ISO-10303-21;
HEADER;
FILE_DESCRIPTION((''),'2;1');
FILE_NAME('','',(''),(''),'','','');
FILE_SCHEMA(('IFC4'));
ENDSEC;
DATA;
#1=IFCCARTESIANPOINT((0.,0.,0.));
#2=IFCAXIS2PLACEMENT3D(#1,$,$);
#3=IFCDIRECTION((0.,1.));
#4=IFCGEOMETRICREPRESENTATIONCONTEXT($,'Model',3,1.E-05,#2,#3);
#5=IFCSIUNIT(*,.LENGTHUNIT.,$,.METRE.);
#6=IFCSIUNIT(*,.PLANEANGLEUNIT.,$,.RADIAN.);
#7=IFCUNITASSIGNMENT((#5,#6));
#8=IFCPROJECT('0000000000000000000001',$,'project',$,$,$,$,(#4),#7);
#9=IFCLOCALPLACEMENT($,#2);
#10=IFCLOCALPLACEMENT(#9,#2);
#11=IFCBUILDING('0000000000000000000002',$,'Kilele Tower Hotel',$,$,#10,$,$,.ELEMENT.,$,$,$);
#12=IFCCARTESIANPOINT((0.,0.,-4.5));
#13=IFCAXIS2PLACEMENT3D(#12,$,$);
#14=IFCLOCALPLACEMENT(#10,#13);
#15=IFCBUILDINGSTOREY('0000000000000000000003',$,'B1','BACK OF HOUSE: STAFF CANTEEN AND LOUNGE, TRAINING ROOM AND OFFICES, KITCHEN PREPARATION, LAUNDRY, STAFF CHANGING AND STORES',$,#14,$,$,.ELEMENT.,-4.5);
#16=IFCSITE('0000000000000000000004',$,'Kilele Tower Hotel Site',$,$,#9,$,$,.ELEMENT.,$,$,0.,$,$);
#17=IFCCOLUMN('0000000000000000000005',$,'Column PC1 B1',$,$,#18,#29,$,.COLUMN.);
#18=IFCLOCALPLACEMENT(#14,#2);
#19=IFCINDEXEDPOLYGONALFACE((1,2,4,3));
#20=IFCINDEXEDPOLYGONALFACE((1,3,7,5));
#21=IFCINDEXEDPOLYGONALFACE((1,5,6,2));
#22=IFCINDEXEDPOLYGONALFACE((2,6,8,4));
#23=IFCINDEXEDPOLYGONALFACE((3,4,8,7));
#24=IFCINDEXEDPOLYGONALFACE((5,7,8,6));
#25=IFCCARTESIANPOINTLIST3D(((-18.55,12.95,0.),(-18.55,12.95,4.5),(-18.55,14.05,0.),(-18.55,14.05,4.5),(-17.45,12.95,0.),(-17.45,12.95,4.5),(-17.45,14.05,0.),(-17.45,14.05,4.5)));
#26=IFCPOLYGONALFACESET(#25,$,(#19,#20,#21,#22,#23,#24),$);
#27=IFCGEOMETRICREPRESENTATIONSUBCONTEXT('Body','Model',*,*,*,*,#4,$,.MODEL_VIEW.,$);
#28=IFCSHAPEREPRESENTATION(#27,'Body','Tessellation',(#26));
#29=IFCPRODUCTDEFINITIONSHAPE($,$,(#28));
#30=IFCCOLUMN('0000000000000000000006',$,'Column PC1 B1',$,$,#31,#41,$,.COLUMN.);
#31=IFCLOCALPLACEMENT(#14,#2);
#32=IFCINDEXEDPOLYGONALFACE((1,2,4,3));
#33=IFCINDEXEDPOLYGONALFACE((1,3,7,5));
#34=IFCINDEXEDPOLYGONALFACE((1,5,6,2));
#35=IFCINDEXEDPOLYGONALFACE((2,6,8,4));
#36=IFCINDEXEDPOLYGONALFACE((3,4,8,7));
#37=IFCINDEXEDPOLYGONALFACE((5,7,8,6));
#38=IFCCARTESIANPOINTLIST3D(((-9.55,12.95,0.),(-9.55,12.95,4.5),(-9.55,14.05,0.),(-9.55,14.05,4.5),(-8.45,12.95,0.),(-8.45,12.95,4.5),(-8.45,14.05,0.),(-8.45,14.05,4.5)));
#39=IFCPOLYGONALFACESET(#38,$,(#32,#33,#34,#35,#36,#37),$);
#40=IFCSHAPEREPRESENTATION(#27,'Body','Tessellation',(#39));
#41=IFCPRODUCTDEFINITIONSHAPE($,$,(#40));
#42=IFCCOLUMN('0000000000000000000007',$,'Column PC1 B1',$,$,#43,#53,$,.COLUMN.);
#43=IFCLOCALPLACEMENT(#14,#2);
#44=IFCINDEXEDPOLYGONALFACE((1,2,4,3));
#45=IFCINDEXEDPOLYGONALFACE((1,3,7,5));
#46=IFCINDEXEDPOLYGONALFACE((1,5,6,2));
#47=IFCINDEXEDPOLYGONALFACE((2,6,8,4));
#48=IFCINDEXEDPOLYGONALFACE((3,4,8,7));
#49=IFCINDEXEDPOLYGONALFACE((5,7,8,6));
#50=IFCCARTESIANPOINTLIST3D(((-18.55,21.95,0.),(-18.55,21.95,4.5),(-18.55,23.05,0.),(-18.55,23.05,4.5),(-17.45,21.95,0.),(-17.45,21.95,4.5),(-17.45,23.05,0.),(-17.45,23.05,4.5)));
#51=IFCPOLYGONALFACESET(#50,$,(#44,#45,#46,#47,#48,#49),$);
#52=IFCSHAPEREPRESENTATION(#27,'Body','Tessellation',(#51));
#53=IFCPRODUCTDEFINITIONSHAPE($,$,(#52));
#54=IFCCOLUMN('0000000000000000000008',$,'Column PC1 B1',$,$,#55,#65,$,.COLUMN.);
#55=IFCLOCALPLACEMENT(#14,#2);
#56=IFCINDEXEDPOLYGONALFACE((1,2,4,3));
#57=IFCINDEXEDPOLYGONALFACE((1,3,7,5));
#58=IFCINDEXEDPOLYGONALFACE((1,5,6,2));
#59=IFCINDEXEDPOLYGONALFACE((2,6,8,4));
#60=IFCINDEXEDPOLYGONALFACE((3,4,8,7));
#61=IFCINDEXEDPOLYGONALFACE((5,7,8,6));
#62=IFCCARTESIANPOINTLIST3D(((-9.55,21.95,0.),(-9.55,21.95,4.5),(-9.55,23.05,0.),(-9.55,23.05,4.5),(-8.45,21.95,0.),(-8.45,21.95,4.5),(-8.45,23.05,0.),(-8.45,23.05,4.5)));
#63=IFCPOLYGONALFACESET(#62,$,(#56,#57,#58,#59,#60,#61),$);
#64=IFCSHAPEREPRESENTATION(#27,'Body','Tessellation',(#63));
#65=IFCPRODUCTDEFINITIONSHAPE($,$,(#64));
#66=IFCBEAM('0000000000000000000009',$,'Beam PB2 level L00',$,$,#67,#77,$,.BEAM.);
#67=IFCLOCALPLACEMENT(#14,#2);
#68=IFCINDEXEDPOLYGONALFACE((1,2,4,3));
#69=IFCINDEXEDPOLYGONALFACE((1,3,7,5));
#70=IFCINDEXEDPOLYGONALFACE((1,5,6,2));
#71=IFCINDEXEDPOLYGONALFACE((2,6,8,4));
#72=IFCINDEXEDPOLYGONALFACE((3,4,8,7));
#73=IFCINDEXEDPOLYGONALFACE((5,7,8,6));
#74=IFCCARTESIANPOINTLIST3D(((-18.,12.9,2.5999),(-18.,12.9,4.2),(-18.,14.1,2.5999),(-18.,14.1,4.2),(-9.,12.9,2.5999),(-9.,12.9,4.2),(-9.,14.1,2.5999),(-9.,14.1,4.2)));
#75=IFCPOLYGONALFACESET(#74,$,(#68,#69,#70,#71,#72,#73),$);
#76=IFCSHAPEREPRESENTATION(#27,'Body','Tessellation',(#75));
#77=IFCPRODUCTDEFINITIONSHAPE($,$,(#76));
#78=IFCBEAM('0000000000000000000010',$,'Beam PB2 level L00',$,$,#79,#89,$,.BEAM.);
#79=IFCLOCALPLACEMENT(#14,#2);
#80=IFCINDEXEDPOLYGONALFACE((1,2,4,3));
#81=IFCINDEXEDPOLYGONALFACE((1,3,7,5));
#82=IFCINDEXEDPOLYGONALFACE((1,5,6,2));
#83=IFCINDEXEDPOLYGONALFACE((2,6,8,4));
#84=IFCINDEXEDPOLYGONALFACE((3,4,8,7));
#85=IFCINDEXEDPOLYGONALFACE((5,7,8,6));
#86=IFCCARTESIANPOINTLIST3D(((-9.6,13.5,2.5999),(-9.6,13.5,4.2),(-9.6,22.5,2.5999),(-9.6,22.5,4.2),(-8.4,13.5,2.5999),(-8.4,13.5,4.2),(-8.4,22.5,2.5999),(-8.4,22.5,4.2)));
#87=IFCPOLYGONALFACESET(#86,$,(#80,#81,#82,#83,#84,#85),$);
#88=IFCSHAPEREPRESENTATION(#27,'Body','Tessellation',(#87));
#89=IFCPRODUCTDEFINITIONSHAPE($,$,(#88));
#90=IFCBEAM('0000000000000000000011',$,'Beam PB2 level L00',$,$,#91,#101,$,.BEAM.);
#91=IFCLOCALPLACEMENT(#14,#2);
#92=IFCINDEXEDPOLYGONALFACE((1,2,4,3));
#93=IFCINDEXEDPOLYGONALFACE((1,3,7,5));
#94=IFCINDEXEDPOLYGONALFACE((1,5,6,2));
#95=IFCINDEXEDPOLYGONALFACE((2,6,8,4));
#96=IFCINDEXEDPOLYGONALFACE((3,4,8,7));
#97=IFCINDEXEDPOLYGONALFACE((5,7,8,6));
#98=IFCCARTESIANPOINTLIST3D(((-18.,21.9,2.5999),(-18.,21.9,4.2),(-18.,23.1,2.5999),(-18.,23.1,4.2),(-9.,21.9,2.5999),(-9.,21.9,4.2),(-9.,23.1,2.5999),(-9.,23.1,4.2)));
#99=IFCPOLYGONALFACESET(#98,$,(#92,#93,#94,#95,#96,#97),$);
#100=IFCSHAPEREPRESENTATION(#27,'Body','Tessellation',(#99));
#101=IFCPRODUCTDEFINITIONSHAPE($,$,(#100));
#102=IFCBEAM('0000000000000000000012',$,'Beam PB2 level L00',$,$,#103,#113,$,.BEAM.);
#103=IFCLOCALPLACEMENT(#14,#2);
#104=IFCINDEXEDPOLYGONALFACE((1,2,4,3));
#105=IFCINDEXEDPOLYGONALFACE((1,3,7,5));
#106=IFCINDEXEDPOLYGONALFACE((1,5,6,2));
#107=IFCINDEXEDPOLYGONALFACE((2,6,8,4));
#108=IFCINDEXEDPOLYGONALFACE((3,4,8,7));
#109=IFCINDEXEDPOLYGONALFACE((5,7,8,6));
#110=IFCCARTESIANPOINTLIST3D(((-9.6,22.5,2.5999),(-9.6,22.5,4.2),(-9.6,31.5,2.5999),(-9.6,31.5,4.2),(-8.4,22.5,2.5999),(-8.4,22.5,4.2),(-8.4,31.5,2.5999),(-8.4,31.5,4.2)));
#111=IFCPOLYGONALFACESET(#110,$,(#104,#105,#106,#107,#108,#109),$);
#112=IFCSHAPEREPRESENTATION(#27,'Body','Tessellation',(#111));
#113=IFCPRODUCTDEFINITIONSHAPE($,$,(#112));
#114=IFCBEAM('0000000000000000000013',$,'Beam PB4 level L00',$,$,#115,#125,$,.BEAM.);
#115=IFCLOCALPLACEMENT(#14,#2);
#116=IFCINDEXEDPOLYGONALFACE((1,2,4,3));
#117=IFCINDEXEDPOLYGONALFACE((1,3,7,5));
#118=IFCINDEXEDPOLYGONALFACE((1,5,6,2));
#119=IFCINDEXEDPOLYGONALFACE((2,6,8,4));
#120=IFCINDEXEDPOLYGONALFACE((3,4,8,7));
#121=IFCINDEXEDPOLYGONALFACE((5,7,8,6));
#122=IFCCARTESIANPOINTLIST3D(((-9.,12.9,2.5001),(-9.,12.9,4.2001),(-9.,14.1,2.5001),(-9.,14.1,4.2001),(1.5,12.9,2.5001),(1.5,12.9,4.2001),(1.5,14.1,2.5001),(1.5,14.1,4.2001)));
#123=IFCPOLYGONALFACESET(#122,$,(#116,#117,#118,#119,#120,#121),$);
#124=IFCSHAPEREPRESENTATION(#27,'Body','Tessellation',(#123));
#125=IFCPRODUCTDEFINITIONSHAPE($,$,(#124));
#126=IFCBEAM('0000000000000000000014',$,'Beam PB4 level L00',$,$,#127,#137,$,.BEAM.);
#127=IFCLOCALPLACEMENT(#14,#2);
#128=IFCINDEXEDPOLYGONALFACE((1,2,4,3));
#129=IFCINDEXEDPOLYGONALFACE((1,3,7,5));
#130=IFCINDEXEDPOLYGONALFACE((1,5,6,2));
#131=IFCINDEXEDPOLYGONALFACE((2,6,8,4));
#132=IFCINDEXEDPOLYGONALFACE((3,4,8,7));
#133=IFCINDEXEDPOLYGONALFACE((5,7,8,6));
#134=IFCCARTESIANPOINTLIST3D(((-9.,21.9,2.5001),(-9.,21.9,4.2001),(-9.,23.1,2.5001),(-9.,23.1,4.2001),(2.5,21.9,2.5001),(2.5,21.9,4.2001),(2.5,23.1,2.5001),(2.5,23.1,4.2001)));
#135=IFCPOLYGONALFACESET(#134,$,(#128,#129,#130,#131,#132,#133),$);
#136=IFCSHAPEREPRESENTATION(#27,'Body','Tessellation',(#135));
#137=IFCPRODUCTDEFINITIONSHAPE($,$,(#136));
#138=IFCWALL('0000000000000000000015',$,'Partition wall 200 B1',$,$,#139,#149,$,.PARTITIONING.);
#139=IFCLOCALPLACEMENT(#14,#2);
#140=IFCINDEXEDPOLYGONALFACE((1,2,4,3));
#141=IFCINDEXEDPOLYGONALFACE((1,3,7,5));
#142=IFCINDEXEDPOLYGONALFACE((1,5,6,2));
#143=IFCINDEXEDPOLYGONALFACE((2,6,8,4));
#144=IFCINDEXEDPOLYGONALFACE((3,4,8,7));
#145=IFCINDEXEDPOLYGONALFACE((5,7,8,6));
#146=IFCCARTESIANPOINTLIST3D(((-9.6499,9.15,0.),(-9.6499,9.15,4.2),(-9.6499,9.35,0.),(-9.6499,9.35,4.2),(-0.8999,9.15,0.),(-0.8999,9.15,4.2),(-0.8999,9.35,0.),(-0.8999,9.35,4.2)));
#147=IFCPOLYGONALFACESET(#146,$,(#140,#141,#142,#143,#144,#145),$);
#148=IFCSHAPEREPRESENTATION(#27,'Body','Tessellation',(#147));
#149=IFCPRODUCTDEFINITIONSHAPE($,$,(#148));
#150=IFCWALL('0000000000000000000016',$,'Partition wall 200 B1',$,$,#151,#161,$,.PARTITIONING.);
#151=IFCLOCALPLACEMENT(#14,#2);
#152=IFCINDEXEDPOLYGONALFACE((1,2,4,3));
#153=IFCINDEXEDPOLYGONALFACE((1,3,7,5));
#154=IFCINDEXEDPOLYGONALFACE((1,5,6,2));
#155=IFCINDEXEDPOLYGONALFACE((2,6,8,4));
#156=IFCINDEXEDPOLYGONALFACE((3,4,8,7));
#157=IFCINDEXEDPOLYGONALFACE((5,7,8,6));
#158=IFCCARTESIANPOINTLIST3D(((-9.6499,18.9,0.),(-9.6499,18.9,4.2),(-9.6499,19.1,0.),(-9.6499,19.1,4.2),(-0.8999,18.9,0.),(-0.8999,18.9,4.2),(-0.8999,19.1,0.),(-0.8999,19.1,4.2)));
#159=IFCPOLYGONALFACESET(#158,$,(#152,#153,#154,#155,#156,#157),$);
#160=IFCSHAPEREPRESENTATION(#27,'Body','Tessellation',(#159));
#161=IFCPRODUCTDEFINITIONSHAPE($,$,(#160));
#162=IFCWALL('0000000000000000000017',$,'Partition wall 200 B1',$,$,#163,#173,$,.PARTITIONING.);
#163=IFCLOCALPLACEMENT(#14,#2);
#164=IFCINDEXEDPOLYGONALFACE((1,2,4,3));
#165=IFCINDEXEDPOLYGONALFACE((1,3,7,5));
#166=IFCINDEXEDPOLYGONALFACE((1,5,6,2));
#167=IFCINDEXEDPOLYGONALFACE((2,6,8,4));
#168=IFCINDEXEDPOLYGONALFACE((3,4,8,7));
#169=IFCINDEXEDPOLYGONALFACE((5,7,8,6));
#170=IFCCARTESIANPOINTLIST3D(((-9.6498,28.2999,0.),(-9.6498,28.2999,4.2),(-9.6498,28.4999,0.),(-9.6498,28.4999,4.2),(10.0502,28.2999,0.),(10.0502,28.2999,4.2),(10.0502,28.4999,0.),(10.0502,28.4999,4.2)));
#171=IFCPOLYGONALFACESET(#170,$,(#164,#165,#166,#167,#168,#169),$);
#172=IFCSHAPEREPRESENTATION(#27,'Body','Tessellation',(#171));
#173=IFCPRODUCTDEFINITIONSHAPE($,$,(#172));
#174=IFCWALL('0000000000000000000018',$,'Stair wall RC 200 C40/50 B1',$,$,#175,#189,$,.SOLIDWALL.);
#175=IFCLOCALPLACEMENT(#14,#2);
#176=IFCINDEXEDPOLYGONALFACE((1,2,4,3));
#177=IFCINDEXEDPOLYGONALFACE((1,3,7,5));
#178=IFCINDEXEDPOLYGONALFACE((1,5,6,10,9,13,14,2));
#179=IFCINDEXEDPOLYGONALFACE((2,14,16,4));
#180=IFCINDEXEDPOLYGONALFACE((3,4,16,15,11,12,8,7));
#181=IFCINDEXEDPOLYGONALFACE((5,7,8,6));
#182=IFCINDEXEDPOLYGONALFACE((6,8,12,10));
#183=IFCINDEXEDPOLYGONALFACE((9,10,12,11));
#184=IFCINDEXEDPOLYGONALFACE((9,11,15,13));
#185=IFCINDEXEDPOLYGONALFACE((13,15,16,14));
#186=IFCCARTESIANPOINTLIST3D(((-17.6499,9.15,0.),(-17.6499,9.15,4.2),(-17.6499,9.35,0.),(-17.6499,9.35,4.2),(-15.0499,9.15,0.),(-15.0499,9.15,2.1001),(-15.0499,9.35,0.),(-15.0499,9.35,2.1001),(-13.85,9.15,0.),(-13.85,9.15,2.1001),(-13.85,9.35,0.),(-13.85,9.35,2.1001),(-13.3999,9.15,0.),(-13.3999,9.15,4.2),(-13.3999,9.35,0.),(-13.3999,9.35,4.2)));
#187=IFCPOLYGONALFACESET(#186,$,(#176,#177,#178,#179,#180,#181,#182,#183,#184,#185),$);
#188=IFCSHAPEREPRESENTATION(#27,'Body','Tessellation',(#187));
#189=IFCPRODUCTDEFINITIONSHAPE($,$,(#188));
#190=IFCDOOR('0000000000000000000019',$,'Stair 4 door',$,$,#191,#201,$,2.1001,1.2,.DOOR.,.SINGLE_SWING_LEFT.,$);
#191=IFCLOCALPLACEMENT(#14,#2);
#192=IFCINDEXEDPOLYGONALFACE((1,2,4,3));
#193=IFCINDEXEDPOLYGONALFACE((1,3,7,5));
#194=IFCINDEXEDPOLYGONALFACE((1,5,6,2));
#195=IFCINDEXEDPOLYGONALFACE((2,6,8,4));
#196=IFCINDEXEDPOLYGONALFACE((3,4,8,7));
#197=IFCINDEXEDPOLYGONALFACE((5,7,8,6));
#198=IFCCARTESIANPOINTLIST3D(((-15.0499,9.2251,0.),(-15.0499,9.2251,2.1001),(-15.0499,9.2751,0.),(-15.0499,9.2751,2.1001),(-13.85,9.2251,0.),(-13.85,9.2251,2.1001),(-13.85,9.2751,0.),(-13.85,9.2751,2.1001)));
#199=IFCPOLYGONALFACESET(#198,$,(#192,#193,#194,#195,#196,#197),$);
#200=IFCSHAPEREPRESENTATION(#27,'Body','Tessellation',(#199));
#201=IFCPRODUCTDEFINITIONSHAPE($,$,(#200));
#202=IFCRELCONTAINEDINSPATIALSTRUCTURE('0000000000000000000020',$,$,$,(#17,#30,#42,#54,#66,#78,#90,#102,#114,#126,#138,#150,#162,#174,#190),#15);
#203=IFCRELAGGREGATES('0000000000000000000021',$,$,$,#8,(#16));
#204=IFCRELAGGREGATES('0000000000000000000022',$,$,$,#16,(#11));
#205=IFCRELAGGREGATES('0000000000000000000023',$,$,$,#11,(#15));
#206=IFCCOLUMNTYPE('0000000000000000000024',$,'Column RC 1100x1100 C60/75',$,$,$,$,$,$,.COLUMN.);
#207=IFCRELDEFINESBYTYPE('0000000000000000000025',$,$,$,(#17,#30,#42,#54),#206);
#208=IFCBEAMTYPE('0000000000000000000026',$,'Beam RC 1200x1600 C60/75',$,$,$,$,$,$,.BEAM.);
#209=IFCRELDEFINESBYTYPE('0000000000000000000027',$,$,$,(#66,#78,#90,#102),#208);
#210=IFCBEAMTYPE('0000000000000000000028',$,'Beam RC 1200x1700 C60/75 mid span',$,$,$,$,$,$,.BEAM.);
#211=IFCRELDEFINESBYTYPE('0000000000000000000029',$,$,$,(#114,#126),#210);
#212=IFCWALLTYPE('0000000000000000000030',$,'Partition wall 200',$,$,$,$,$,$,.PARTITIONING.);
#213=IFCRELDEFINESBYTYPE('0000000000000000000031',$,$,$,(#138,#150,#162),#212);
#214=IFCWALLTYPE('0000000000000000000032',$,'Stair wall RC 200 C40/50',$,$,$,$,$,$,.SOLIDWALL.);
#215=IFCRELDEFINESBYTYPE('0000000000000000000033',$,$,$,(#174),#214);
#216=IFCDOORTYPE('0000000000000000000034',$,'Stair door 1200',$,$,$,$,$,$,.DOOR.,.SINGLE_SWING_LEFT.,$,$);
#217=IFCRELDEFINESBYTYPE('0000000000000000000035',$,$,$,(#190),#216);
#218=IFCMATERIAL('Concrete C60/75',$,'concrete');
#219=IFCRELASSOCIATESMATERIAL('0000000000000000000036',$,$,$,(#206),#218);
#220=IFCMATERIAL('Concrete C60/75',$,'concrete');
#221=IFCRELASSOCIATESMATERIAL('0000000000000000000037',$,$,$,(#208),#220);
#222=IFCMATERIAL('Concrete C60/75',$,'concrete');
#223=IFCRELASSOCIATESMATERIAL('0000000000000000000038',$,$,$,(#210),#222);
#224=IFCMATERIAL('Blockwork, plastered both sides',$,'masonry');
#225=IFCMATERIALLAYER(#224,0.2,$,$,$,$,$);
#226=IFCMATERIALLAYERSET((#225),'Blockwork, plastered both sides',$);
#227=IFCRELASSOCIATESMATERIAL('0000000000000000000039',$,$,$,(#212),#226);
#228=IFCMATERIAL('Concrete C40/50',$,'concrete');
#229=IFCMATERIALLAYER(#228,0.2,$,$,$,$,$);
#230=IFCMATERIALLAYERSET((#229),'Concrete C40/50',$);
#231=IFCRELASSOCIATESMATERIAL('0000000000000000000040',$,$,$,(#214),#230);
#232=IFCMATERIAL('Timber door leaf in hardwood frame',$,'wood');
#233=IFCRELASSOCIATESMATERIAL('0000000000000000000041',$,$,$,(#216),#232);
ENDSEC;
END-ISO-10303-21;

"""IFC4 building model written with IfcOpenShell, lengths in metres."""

from ifc_helpers import new_model, si_unit, direction, frame, frame_2d, origin, origin_2d, place, context, subcontext, project, spatial, rectangle, extrude, material, layer, layer_set, material_profile, profile_set, type_object, element, fill, save


model = new_model("IFC4")

# Units and contexts
model_context = context("Model", 3, precision=1e-05, world=origin(), true_north=direction((0.0, 1.0)))
body_context = subcontext(model_context, "Body", "Model", "MODEL_VIEW")
ifc_project = project(units=[si_unit("LENGTHUNIT", "METRE"), si_unit("PLANEANGLEUNIT", "RADIAN")], contexts=[model_context])

# Site, building, storey
site_placement = place(None, origin())
site = spatial("IfcSite", under=ifc_project, at=site_placement, Name="Kilele Tower Hotel Site", CompositionType="ELEMENT", RefElevation=0.0)
building_placement = place(site_placement, origin())
building = spatial("IfcBuilding", under=site, at=building_placement, Name="Kilele Tower Hotel", CompositionType="ELEMENT")
storey_placement = place(building_placement, frame((0.0, 0.0, -4.5)))
storey = spatial("IfcBuildingStorey", under=building, at=storey_placement, Name="B1", Description="BACK OF HOUSE: STAFF CANTEEN AND LOUNGE, TRAINING ROOM AND OFFICES, KITCHEN PREPARATION, LAUNDRY, STAFF CHANGING AND STORES", CompositionType="ELEMENT", Elevation=-4.5)

# Columns
ifc_material_1 = material(Name="Concrete C60/75", Category="concrete")
ifc_material_profile_1 = material_profile(ifc_material_1, rectangle(XDim=1.1001, YDim=1.1001, at=origin_2d()))
ifc_profile_set_1 = profile_set([ifc_material_profile_1], Name="Concrete C60/75")
column_type = type_object("IfcColumnType", Name="Column RC 1100x1100 C60/75", PredefinedType="COLUMN", material=ifc_profile_set_1)
for number, where, z_axis, x_axis, name in (
    (1, (-18.0, 13.5, 0.0), (0.0, 0.0, 1.0), (1.0, 0.0, 0.0), "Column PC1 B1"),
    (2, (-9.0, 13.5, 0.0), (0.0, 0.0, 1.0), (1.0, 0.0, 0.0), "Column PC1 B1"),
    (3, (-18.0, 22.5, 0.0), (0.0, 0.0, 1.0), (1.0, 0.0, 0.0), "Column PC1 B1"),
    (4, (-9.0, 22.5, 0.0), (0.0, 0.0, 1.0), (1.0, 0.0, 0.0), "Column PC1 B1"),
):
    element("IfcColumn", number, at=place(storey_placement, frame(where, z_axis=z_axis, x_axis=x_axis)), inside=storey, type_object=column_type, Name=name, PredefinedType="COLUMN", context=body_context, shape_type="SweptSolid", body=[
        extrude(rectangle(XDim=1.1001, YDim=1.1001, at=origin_2d()), origin(), (0.0, 0.0, 1.0), 4.5),
    ])

# Beams
ifc_material_2 = material(Name="Concrete C60/75", Category="concrete")
ifc_material_profile_2 = material_profile(ifc_material_2, rectangle(XDim=1.2, YDim=1.6001, at=origin_2d()))
ifc_profile_set_2 = profile_set([ifc_material_profile_2], Name="Concrete C60/75")
beam_type_1 = type_object("IfcBeamType", Name="Beam RC 1200x1600 C60/75", PredefinedType="BEAM", material=ifc_profile_set_2)
for number, where, z_axis, x_axis, name in (
    (5, (-18.0, 13.5, 3.3999), (1.0, 0.0, 0.0), (0.0, 1.0, 0.0), "Beam PB2 level L00"),
    (6, (-9.0, 13.5, 3.3999), (0.0, 1.0, 0.0), (-1.0, 0.0, 0.0), "Beam PB2 level L00"),
    (7, (-18.0, 22.5, 3.3999), (1.0, 0.0, 0.0), (0.0, 1.0, 0.0), "Beam PB2 level L00"),
    (8, (-9.0, 22.5, 3.3999), (0.0, 1.0, 0.0), (-1.0, 0.0, 0.0), "Beam PB2 level L00"),
):
    element("IfcBeam", number, at=place(storey_placement, frame(where, z_axis=z_axis, x_axis=x_axis)), inside=storey, type_object=beam_type_1, Name=name, PredefinedType="BEAM", context=body_context, shape_type="SweptSolid", body=[
        extrude(rectangle(XDim=1.2, YDim=1.6001, at=origin_2d()), origin(), (0.0, 0.0, 1.0), 9.0),
    ])
ifc_material_3 = material(Name="Concrete C60/75", Category="concrete")
ifc_material_profile_3 = material_profile(ifc_material_3, rectangle(XDim=1.2, YDim=1.7, at=origin_2d()))
ifc_profile_set_3 = profile_set([ifc_material_profile_3], Name="Concrete C60/75")
beam_type_2 = type_object("IfcBeamType", Name="Beam RC 1200x1700 C60/75 mid span", PredefinedType="BEAM", material=ifc_profile_set_3)
beam_1_placement = place(storey_placement, frame((-9.0, 13.5, 3.3501), z_axis=(1.0, 0.0, 0.0), x_axis=(0.0, 1.0, 0.0)))
element("IfcBeam", 9, at=beam_1_placement, inside=storey, type_object=beam_type_2, Name="Beam PB4 level L00", PredefinedType="BEAM", context=body_context, shape_type="SweptSolid", body=[
    extrude(rectangle(XDim=1.2, YDim=1.7, at=origin_2d()), origin(), (0.0, 0.0, 1.0), 10.5),
])
beam_2_placement = place(storey_placement, frame((-9.0, 22.5, 3.3501), z_axis=(1.0, 0.0, 0.0), x_axis=(0.0, 1.0, 0.0)))
element("IfcBeam", 10, at=beam_2_placement, inside=storey, type_object=beam_type_2, Name="Beam PB4 level L00", PredefinedType="BEAM", context=body_context, shape_type="SweptSolid", body=[
    extrude(rectangle(XDim=1.2, YDim=1.7, at=origin_2d()), origin(), (0.0, 0.0, 1.0), 11.5),
])

# Walls
ifc_material_4 = material(Name="Blockwork, plastered both sides", Category="masonry")
ifc_layer_1 = layer(ifc_material_4, 0.2)
ifc_layer_set_1 = layer_set([ifc_layer_1], Name="Blockwork, plastered both sides")
wall_type_1 = type_object("IfcWallType", Name="Partition wall 200", PredefinedType="PARTITIONING", material=ifc_layer_set_1)
for number, where, z_axis, x_axis, name in (
    (11, (-9.6499, 9.25, 0.0), (0.0, 0.0, 1.0), (1.0, 0.0, 0.0), "Partition wall 200 B1"),
    (12, (-9.6499, 19.0, 0.0), (0.0, 0.0, 1.0), (1.0, 0.0, 0.0), "Partition wall 200 B1"),
):
    element("IfcWall", number, at=place(storey_placement, frame(where, z_axis=z_axis, x_axis=x_axis)), inside=storey, type_object=wall_type_1, Name=name, PredefinedType="PARTITIONING", context=body_context, shape_type="SweptSolid", body=[
        extrude(rectangle(XDim=8.75, YDim=0.2, at=frame_2d((4.375, 0.0))), origin(), (0.0, 0.0, 1.0), 4.2),
    ])
wall_1_placement = place(storey_placement, frame((-9.6499, 28.3999, 0.0), z_axis=(0.0, 0.0, 1.0), x_axis=(1.0, 0.0, 0.0)))
element("IfcWall", 13, at=wall_1_placement, inside=storey, type_object=wall_type_1, Name="Partition wall 200 B1", PredefinedType="PARTITIONING", context=body_context, shape_type="SweptSolid", body=[
    extrude(rectangle(XDim=19.7, YDim=0.2, at=frame_2d((9.8501, 0.0))), origin(), (0.0, 0.0, 1.0), 4.2),
])

# Wall, opening, door
ifc_material_5 = material(Name="Concrete C40/50", Category="concrete")
ifc_layer_2 = layer(ifc_material_5, 0.2)
ifc_layer_set_2 = layer_set([ifc_layer_2], Name="Concrete C40/50")
wall_type_2 = type_object("IfcWallType", Name="Stair wall RC 200 C40/50", PredefinedType="SOLIDWALL", material=ifc_layer_set_2)
wall_2_placement = place(storey_placement, frame((-17.6499, 9.25, 0.0), z_axis=(0.0, 0.0, 1.0), x_axis=(1.0, 0.0, 0.0)))
wall_2 = element("IfcWall", 14, at=wall_2_placement, inside=storey, type_object=wall_type_2, Name="Stair wall RC 200 C40/50 B1", PredefinedType="SOLIDWALL", context=body_context, shape_type="SweptSolid", body=[
    extrude(rectangle(XDim=4.25, YDim=0.2, at=frame_2d((2.125, 0.0))), origin(), (0.0, 0.0, 1.0), 4.2),
])
opening_placement = place(wall_2_placement, frame((3.8, 0.0, 0.0), z_axis=(0.0, 0.0, 1.0), x_axis=(-1.0, 0.0, 0.0)))
opening = element("IfcOpeningElement", 15, at=opening_placement, cuts=wall_2, PredefinedType="OPENING", context=body_context, shape_type="SweptSolid", body=[
    extrude(rectangle(XDim=1.2, YDim=2.1001, at=frame_2d((0.6001, 1.05))), frame((0.0, 0.1099, 0.0), z_axis=(0.0, -1.0, 0.0), x_axis=(1.0, 0.0, 0.0)), (0.0, 0.0, 1.0), 0.22),
])
ifc_material_6 = material(Name="Timber door leaf in hardwood frame", Category="wood")
door_type = type_object("IfcDoorType", Name="Stair door 1200", OperationType="SINGLE_SWING_LEFT", PredefinedType="DOOR", material=ifc_material_6)
door_placement = place(opening_placement, origin())
door = element("IfcDoor", 16, at=door_placement, inside=storey, type_object=door_type, Name="Stair 4 door", OperationType="SINGLE_SWING_LEFT", OverallHeight=2.1001, OverallWidth=1.2, PredefinedType="DOOR", context=body_context, shape_type="SweptSolid", body=[
    extrude(rectangle(XDim=1.2, YDim=2.1001, at=frame_2d((0.6001, 1.05))), frame((0.0, 0.0249, 0.0), z_axis=(0.0, -1.0, 0.0), x_axis=(1.0, 0.0, 0.0)), (0.0, 0.0, 1.0), 0.05),
])
fill(opening, door)

save(model, "model.ifc")
